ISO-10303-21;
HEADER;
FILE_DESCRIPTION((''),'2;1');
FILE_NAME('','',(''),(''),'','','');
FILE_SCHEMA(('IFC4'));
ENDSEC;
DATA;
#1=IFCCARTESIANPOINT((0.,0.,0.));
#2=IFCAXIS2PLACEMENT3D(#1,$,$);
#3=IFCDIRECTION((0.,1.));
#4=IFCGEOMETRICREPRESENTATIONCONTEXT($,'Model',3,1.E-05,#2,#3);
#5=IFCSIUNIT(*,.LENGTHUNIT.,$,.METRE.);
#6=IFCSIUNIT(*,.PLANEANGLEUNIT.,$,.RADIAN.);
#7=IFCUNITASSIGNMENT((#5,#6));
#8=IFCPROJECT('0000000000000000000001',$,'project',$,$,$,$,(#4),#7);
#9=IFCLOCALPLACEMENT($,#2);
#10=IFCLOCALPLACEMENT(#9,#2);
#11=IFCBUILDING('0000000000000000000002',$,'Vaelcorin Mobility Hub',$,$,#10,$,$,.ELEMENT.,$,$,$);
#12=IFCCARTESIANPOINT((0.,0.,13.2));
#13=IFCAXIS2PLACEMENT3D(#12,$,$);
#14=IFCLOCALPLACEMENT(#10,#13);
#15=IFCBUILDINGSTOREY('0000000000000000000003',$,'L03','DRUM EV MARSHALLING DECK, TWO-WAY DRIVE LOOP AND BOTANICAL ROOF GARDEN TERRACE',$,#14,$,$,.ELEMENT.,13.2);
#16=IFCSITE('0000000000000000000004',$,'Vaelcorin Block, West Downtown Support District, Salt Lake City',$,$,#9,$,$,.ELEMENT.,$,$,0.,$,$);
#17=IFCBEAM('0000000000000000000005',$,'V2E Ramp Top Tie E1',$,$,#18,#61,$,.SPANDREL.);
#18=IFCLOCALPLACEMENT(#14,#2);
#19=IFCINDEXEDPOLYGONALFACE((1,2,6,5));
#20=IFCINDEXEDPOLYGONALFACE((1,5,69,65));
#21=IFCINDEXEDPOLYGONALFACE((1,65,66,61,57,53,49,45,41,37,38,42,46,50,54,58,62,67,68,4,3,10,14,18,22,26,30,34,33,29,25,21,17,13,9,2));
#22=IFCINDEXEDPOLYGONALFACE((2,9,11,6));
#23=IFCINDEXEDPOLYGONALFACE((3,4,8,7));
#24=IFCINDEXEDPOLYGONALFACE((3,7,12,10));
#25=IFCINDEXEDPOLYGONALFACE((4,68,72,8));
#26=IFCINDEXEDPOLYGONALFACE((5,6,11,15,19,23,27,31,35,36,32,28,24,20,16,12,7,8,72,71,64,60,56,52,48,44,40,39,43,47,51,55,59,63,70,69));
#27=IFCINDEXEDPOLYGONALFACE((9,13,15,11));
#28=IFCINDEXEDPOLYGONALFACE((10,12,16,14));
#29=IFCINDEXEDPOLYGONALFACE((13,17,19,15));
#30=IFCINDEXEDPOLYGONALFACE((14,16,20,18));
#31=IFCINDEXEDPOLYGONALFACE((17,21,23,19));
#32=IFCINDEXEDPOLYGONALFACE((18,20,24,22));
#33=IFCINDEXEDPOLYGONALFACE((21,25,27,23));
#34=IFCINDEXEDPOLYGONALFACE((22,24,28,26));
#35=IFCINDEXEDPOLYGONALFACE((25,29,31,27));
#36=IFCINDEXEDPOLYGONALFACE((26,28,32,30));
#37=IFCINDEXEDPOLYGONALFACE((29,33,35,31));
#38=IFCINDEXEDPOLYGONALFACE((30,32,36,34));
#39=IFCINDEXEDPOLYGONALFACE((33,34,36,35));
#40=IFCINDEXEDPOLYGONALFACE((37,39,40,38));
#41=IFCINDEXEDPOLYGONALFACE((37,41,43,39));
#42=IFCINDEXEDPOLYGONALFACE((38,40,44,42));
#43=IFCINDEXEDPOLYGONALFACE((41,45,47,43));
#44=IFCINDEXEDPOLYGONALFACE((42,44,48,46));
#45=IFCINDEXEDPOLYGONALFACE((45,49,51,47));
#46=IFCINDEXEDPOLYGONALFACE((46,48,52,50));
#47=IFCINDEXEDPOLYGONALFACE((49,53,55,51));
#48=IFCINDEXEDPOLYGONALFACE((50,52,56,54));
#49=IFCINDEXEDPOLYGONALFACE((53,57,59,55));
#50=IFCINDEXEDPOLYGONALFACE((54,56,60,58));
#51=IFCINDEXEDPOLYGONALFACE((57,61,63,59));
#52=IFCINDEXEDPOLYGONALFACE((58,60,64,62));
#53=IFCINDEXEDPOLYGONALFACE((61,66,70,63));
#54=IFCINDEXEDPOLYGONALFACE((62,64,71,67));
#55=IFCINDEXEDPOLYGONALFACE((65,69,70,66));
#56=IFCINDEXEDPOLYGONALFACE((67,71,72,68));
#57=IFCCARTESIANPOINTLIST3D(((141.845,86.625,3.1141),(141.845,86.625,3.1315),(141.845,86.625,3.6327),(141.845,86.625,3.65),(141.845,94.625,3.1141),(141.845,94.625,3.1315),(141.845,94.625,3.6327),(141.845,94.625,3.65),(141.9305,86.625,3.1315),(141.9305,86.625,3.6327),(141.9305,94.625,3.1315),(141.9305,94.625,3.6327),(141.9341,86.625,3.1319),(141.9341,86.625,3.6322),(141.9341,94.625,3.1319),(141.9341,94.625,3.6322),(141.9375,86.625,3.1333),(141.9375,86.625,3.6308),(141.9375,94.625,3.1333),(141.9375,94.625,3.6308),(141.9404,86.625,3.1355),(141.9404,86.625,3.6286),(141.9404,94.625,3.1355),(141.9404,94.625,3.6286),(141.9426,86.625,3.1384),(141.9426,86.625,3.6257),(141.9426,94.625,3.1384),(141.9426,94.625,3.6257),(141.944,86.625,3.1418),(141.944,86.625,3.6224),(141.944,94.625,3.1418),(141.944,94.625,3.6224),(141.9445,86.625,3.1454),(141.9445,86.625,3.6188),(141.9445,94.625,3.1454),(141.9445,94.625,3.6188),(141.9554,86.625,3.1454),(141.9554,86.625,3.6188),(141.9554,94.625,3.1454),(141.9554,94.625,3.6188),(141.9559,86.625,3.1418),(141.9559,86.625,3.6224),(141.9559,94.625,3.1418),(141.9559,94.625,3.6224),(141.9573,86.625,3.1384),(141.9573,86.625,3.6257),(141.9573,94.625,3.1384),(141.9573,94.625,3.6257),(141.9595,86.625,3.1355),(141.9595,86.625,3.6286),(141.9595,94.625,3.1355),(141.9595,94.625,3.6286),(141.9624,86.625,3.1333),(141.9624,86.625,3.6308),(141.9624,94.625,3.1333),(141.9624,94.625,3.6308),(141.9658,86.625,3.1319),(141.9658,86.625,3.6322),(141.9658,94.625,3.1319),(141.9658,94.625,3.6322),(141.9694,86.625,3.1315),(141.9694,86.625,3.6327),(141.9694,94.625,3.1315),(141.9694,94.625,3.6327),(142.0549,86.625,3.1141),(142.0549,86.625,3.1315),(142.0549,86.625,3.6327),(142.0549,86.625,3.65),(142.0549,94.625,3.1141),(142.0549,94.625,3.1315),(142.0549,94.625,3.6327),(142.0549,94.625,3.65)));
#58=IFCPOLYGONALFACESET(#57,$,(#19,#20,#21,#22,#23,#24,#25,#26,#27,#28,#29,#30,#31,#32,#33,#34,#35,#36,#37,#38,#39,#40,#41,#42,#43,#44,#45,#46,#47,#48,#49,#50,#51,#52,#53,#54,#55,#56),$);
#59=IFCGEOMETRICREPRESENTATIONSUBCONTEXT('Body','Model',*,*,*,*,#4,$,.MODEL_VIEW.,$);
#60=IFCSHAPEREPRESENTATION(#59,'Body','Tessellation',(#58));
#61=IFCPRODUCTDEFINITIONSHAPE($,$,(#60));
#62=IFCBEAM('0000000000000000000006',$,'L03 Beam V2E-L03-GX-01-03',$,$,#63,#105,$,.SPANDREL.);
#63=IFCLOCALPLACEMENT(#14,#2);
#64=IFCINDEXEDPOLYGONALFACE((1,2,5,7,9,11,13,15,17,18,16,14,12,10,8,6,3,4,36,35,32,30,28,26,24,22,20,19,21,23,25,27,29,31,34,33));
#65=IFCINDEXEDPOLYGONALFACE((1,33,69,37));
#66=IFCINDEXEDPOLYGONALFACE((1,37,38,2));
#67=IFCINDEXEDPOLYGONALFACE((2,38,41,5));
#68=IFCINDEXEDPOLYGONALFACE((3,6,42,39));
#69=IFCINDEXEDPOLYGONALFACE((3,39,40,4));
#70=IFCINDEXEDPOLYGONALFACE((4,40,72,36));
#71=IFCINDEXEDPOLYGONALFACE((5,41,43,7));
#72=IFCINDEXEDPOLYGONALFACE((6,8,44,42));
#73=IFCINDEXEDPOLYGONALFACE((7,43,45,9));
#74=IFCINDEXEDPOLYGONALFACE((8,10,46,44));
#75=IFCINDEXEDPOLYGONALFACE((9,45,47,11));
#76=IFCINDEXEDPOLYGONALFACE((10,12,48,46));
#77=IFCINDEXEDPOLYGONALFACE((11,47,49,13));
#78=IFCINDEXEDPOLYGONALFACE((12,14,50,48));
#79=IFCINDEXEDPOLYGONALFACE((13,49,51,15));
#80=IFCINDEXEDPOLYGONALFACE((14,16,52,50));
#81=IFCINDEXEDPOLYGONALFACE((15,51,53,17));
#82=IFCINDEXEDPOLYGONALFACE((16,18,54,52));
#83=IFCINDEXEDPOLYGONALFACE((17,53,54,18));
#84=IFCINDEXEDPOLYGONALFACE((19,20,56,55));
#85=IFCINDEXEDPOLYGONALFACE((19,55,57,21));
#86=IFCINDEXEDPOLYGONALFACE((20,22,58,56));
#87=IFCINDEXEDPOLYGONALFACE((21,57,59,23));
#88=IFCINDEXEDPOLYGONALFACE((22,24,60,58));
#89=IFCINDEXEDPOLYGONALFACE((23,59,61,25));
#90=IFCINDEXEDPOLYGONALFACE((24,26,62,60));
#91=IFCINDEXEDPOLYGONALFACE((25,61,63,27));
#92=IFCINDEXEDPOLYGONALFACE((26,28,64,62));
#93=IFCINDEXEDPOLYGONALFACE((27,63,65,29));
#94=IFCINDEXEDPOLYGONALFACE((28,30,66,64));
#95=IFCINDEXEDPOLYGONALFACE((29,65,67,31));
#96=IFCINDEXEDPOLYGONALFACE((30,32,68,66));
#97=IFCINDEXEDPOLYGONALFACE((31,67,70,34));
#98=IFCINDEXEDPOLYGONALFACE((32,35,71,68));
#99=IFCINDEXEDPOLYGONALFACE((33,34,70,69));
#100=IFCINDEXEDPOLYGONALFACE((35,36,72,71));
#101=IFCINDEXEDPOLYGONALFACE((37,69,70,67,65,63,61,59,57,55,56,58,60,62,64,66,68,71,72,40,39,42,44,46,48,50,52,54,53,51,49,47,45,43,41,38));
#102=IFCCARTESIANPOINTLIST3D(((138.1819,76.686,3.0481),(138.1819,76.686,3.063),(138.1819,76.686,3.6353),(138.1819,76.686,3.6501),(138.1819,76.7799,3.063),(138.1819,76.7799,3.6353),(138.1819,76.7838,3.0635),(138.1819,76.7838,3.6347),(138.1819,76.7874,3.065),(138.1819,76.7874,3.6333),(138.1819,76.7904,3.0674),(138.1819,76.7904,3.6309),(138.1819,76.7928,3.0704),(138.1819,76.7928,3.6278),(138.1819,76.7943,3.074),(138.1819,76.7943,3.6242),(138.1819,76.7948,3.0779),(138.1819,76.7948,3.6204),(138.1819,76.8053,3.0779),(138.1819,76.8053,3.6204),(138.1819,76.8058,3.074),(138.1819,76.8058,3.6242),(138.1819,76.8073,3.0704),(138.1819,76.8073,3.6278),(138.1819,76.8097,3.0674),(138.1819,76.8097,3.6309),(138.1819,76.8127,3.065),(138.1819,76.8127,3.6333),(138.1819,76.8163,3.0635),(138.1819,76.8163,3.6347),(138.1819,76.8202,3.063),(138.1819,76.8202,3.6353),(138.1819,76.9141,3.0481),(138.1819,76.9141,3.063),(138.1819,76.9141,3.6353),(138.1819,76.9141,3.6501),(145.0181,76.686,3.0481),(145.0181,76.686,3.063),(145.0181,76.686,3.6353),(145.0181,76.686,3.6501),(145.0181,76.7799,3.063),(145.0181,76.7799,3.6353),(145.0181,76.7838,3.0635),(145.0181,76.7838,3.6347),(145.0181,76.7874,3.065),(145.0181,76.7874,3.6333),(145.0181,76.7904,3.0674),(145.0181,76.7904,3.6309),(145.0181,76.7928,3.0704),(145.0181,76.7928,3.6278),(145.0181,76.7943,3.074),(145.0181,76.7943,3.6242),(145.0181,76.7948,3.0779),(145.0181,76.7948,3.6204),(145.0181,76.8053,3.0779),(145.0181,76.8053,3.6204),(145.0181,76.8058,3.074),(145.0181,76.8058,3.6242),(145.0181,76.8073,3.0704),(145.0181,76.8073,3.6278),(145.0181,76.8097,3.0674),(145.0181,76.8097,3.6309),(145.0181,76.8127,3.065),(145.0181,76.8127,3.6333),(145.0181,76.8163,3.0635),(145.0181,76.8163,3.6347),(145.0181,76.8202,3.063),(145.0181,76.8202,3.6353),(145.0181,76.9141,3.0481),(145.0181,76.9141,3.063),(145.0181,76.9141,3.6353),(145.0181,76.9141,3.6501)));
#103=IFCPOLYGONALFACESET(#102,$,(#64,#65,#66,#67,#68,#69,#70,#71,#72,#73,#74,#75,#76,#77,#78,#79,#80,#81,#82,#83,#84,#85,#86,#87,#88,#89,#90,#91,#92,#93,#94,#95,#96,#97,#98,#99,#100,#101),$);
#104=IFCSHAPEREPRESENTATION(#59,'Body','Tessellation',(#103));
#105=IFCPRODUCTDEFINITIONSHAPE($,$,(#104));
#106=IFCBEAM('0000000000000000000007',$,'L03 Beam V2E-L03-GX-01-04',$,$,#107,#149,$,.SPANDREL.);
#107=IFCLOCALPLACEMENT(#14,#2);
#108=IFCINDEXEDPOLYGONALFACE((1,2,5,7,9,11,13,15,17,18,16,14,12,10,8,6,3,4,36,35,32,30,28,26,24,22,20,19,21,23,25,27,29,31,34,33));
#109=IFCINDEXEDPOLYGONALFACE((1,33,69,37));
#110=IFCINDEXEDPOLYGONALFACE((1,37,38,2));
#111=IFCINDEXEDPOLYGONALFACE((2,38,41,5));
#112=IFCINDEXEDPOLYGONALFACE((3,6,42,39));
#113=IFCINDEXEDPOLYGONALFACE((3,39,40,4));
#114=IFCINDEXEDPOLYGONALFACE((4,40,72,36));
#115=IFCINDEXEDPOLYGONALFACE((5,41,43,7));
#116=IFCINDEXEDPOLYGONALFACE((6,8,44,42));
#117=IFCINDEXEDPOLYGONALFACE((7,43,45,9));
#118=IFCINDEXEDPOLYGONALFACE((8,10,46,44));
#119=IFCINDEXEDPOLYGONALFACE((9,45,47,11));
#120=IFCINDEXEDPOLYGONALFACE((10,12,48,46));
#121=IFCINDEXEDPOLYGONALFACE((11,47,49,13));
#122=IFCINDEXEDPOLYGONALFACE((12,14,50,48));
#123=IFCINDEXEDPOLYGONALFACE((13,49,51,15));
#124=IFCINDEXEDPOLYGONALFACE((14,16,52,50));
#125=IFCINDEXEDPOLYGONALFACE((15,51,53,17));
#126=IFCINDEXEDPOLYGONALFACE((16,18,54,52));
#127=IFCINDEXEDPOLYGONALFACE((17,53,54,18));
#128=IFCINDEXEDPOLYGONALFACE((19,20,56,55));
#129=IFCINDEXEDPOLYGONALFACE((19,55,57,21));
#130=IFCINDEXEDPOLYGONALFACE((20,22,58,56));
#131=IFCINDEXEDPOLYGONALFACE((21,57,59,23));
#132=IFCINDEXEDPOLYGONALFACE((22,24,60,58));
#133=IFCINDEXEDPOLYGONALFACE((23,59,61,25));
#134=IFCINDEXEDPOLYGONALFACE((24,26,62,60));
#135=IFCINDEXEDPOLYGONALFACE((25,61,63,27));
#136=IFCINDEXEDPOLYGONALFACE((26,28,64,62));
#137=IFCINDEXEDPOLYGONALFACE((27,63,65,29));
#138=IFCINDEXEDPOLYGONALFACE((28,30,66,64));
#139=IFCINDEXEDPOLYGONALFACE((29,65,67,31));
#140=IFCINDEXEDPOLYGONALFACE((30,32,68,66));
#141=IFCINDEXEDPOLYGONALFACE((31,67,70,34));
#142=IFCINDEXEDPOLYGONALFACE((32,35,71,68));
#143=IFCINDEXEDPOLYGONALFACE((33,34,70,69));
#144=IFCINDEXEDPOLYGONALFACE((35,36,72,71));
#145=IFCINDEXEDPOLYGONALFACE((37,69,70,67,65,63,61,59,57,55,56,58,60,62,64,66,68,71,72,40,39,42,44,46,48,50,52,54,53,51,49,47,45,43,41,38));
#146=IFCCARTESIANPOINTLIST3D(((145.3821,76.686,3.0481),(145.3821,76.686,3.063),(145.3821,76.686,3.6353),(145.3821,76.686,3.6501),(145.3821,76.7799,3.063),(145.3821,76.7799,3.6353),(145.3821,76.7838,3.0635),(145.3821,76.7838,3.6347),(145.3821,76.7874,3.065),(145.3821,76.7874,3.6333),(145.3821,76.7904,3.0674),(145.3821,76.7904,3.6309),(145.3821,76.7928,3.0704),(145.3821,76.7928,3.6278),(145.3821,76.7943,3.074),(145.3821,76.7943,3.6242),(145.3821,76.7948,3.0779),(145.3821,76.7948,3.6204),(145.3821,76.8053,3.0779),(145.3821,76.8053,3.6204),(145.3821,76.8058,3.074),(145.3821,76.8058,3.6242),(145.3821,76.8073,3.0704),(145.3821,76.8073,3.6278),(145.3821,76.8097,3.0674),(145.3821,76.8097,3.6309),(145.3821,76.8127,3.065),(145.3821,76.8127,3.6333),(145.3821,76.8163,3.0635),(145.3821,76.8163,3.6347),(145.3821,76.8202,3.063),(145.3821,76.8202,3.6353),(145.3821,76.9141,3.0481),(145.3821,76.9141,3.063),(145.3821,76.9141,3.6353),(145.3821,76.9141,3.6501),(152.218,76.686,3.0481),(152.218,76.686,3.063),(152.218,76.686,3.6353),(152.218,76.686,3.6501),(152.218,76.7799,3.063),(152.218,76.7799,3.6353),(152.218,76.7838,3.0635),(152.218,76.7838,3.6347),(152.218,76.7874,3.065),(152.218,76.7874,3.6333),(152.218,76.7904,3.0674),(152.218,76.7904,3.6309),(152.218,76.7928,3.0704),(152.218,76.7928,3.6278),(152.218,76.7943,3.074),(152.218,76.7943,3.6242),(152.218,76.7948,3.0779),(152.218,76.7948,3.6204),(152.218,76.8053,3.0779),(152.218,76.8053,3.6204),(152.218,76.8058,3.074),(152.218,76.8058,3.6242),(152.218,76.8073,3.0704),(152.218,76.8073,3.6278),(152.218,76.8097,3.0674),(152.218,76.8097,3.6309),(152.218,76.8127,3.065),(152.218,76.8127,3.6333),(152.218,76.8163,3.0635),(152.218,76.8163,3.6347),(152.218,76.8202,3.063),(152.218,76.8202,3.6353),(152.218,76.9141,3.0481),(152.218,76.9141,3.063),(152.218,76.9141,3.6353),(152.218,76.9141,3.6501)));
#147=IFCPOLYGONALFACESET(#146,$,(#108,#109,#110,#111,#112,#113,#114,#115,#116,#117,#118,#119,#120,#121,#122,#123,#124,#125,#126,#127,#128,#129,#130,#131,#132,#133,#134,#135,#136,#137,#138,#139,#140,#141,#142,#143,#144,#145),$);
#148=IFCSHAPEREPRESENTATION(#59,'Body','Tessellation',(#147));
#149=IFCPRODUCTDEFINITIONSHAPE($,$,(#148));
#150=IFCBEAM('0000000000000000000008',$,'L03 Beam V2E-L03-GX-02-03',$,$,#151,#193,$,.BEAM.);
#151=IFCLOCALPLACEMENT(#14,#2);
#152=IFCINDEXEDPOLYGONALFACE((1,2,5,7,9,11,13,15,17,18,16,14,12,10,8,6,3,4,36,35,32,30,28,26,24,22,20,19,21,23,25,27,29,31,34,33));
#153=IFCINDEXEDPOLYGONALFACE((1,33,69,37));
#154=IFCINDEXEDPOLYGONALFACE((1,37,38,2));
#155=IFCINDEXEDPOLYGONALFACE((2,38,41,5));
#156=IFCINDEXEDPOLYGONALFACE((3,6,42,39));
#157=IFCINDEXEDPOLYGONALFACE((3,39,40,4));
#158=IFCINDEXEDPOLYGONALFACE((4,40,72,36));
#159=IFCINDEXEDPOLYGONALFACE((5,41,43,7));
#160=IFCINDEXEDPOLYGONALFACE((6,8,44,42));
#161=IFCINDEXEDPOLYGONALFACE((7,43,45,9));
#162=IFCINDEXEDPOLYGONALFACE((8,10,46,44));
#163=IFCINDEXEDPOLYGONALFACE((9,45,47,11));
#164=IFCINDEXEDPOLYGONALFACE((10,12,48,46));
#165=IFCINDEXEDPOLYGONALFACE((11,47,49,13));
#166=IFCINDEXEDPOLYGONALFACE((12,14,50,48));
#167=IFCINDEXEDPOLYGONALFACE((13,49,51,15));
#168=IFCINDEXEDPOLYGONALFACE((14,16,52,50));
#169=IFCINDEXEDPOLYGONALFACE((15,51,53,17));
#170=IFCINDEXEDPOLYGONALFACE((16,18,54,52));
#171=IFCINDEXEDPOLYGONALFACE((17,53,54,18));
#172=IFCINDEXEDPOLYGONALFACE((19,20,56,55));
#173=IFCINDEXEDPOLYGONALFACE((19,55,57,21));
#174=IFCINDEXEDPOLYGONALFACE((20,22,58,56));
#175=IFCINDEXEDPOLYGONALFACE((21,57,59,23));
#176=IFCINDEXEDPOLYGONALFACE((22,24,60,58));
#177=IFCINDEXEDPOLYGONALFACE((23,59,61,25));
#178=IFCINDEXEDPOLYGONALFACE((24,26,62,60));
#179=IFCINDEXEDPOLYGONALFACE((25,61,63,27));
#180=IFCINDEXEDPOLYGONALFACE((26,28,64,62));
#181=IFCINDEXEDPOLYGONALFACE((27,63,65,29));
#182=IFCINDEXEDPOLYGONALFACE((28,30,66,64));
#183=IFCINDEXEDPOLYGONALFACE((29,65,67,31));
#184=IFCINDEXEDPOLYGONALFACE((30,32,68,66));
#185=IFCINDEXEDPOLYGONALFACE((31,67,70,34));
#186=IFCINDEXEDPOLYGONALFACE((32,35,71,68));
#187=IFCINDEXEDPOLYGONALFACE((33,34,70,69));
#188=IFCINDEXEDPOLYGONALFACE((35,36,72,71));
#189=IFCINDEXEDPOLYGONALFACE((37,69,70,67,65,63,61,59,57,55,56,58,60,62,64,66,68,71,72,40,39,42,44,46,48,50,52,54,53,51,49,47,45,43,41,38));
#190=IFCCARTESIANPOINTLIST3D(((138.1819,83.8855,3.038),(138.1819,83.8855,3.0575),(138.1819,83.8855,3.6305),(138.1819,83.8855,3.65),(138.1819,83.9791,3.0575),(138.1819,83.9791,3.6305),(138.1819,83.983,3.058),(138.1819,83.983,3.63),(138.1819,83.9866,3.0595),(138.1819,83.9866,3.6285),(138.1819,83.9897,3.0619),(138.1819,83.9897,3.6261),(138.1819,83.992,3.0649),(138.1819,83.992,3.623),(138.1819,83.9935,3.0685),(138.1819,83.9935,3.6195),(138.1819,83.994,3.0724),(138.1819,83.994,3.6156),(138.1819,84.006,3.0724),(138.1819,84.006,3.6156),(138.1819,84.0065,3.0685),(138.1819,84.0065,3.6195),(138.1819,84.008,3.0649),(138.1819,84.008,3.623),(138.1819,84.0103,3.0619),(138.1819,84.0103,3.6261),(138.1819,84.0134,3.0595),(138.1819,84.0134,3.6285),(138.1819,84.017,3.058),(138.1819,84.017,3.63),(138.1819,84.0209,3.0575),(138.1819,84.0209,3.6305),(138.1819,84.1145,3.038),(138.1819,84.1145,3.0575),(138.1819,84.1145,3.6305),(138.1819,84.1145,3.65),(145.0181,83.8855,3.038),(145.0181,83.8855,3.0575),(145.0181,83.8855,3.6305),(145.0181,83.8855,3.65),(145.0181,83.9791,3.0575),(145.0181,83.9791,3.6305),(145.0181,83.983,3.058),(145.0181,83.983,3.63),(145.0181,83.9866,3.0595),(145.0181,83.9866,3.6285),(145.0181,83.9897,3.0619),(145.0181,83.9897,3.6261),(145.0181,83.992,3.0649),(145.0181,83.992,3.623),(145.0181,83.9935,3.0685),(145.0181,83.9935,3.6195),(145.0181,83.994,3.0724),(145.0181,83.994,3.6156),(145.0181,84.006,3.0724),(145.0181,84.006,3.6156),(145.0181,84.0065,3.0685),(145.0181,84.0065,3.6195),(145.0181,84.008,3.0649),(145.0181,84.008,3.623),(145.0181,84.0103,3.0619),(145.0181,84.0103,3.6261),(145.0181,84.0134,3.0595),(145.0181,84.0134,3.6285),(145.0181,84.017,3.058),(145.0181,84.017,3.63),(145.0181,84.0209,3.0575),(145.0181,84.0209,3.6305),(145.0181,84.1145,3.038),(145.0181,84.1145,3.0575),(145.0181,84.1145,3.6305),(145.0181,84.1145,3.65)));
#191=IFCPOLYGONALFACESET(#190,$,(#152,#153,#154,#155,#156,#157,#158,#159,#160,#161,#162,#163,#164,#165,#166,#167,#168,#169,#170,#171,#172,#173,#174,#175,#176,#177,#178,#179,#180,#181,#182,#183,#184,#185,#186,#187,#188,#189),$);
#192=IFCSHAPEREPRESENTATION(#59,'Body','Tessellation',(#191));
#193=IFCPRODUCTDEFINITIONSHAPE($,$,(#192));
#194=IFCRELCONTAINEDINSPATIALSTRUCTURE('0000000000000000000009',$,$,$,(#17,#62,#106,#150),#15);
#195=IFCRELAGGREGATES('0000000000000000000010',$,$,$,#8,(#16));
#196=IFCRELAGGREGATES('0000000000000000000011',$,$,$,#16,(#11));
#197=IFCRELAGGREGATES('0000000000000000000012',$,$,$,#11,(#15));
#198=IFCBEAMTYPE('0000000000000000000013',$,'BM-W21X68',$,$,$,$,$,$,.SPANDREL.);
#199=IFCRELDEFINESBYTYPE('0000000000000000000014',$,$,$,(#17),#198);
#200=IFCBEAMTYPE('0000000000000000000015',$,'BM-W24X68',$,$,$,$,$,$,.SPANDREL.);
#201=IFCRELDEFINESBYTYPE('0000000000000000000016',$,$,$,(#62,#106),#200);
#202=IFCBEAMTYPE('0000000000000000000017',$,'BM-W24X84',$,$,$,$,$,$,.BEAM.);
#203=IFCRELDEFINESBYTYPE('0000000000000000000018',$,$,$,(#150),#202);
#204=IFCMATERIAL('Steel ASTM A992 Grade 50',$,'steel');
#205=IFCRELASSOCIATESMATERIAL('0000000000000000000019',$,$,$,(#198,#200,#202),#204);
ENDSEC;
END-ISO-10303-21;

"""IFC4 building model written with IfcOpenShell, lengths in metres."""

from ifc_helpers import new_model, si_unit, direction, frame, origin, origin_2d, place, context, subcontext, project, spatial, i_section, extrude, material, material_profile, profile_set, type_object, element, save


model = new_model("IFC4")

# Units and contexts
model_context = context("Model", 3, precision=1e-05, world=origin(), true_north=direction((0.0, 1.0)))
body_context = subcontext(model_context, "Body", "Model", "MODEL_VIEW")
ifc_project = project(units=[si_unit("LENGTHUNIT", "METRE"), si_unit("PLANEANGLEUNIT", "RADIAN")], contexts=[model_context])

# Site, building, storey
site_placement = place(None, origin())
site = spatial("IfcSite", under=ifc_project, at=site_placement, Name="Vaelcorin Block, West Downtown Support District, Salt Lake City", CompositionType="ELEMENT", RefElevation=0.0)
building_placement = place(site_placement, origin())
building = spatial("IfcBuilding", under=site, at=building_placement, Name="Vaelcorin Mobility Hub", CompositionType="ELEMENT")
storey_placement = place(building_placement, frame((0.0, 0.0, 13.2)))
storey = spatial("IfcBuildingStorey", under=building, at=storey_placement, Name="L03", Description="DRUM EV MARSHALLING DECK, TWO-WAY DRIVE LOOP AND BOTANICAL ROOF GARDEN TERRACE", CompositionType="ELEMENT", Elevation=13.2)

# Shared definitions
ifc_material_1 = material(Name="Steel ASTM A992 Grade 50", Category="steel")

# Beams
ifc_material_profile_1 = material_profile(ifc_material_1, i_section(OverallWidth=0.21, OverallDepth=0.5359, WebThickness=0.011, FlangeThickness=0.0173, FilletRadius=0.0139, at=origin_2d()), Name="W21X68")
ifc_profile_set_1 = profile_set([ifc_material_profile_1], Name="Steel ASTM A992 Grade 50")
beam_type_1 = type_object("IfcBeamType", Name="BM-W21X68", PredefinedType="SPANDREL", material=ifc_profile_set_1)
beam_1_placement = place(storey_placement, frame((141.95, 86.625, 3.3821), z_axis=(0.0, 1.0, 0.0), x_axis=(-1.0, 0.0, 0.0)))
element("IfcBeam", 1, at=beam_1_placement, inside=storey, type_object=beam_type_1, Name="V2E Ramp Top Tie E1", PredefinedType="SPANDREL", context=body_context, shape_type="SweptSolid", body=[
    extrude(i_section(OverallWidth=0.21, OverallDepth=0.5359, WebThickness=0.011, FlangeThickness=0.0173, FilletRadius=0.0139, at=origin_2d()), origin(), (0.0, 0.0, 1.0), 8.0),
])
ifc_material_profile_2 = material_profile(ifc_material_1, i_section(OverallWidth=0.228, OverallDepth=0.6021, WebThickness=0.0105, FlangeThickness=0.0149, FilletRadius=0.0149, at=origin_2d()), Name="W24X68")
ifc_profile_set_2 = profile_set([ifc_material_profile_2], Name="Steel ASTM A992 Grade 50")
beam_type_2 = type_object("IfcBeamType", Name="BM-W24X68", PredefinedType="SPANDREL", material=ifc_profile_set_2)
beam_2_placement = place(storey_placement, frame((138.1819, 76.8, 3.3491), z_axis=(1.0, 0.0, 0.0), x_axis=(0.0, 1.0, 0.0)))
element("IfcBeam", 2, at=beam_2_placement, inside=storey, type_object=beam_type_2, Name="L03 Beam V2E-L03-GX-01-03", PredefinedType="SPANDREL", context=body_context, shape_type="SweptSolid", body=[
    extrude(i_section(OverallWidth=0.228, OverallDepth=0.6021, WebThickness=0.0105, FlangeThickness=0.0149, FilletRadius=0.0149, at=origin_2d()), origin(), (0.0, 0.0, 1.0), 6.8362),
])
beam_3_placement = place(storey_placement, frame((145.3821, 76.8, 3.3491), z_axis=(1.0, 0.0, 0.0), x_axis=(0.0, 1.0, 0.0)))
element("IfcBeam", 3, at=beam_3_placement, inside=storey, type_object=beam_type_2, Name="L03 Beam V2E-L03-GX-01-04", PredefinedType="SPANDREL", context=body_context, shape_type="SweptSolid", body=[
    extrude(i_section(OverallWidth=0.228, OverallDepth=0.6021, WebThickness=0.0105, FlangeThickness=0.0149, FilletRadius=0.0149, at=origin_2d()), origin(), (0.0, 0.0, 1.0), 6.8359),
])
ifc_material_profile_3 = material_profile(ifc_material_1, i_section(OverallWidth=0.229, OverallDepth=0.6121, WebThickness=0.012, FlangeThickness=0.0195, FilletRadius=0.0149, at=origin_2d()), Name="W24X84")
ifc_profile_set_3 = profile_set([ifc_material_profile_3], Name="Steel ASTM A992 Grade 50")
beam_type_3 = type_object("IfcBeamType", Name="BM-W24X84", PredefinedType="BEAM", material=ifc_profile_set_3)
beam_4_placement = place(storey_placement, frame((138.1819, 84.0, 3.344), z_axis=(1.0, 0.0, 0.0), x_axis=(0.0, 1.0, 0.0)))
element("IfcBeam", 4, at=beam_4_placement, inside=storey, type_object=beam_type_3, Name="L03 Beam V2E-L03-GX-02-03", PredefinedType="BEAM", context=body_context, shape_type="SweptSolid", body=[
    extrude(i_section(OverallWidth=0.229, OverallDepth=0.6121, WebThickness=0.012, FlangeThickness=0.0195, FilletRadius=0.0149, at=origin_2d()), origin(), (0.0, 0.0, 1.0), 6.8362),
])

save(model, "model.ifc")
